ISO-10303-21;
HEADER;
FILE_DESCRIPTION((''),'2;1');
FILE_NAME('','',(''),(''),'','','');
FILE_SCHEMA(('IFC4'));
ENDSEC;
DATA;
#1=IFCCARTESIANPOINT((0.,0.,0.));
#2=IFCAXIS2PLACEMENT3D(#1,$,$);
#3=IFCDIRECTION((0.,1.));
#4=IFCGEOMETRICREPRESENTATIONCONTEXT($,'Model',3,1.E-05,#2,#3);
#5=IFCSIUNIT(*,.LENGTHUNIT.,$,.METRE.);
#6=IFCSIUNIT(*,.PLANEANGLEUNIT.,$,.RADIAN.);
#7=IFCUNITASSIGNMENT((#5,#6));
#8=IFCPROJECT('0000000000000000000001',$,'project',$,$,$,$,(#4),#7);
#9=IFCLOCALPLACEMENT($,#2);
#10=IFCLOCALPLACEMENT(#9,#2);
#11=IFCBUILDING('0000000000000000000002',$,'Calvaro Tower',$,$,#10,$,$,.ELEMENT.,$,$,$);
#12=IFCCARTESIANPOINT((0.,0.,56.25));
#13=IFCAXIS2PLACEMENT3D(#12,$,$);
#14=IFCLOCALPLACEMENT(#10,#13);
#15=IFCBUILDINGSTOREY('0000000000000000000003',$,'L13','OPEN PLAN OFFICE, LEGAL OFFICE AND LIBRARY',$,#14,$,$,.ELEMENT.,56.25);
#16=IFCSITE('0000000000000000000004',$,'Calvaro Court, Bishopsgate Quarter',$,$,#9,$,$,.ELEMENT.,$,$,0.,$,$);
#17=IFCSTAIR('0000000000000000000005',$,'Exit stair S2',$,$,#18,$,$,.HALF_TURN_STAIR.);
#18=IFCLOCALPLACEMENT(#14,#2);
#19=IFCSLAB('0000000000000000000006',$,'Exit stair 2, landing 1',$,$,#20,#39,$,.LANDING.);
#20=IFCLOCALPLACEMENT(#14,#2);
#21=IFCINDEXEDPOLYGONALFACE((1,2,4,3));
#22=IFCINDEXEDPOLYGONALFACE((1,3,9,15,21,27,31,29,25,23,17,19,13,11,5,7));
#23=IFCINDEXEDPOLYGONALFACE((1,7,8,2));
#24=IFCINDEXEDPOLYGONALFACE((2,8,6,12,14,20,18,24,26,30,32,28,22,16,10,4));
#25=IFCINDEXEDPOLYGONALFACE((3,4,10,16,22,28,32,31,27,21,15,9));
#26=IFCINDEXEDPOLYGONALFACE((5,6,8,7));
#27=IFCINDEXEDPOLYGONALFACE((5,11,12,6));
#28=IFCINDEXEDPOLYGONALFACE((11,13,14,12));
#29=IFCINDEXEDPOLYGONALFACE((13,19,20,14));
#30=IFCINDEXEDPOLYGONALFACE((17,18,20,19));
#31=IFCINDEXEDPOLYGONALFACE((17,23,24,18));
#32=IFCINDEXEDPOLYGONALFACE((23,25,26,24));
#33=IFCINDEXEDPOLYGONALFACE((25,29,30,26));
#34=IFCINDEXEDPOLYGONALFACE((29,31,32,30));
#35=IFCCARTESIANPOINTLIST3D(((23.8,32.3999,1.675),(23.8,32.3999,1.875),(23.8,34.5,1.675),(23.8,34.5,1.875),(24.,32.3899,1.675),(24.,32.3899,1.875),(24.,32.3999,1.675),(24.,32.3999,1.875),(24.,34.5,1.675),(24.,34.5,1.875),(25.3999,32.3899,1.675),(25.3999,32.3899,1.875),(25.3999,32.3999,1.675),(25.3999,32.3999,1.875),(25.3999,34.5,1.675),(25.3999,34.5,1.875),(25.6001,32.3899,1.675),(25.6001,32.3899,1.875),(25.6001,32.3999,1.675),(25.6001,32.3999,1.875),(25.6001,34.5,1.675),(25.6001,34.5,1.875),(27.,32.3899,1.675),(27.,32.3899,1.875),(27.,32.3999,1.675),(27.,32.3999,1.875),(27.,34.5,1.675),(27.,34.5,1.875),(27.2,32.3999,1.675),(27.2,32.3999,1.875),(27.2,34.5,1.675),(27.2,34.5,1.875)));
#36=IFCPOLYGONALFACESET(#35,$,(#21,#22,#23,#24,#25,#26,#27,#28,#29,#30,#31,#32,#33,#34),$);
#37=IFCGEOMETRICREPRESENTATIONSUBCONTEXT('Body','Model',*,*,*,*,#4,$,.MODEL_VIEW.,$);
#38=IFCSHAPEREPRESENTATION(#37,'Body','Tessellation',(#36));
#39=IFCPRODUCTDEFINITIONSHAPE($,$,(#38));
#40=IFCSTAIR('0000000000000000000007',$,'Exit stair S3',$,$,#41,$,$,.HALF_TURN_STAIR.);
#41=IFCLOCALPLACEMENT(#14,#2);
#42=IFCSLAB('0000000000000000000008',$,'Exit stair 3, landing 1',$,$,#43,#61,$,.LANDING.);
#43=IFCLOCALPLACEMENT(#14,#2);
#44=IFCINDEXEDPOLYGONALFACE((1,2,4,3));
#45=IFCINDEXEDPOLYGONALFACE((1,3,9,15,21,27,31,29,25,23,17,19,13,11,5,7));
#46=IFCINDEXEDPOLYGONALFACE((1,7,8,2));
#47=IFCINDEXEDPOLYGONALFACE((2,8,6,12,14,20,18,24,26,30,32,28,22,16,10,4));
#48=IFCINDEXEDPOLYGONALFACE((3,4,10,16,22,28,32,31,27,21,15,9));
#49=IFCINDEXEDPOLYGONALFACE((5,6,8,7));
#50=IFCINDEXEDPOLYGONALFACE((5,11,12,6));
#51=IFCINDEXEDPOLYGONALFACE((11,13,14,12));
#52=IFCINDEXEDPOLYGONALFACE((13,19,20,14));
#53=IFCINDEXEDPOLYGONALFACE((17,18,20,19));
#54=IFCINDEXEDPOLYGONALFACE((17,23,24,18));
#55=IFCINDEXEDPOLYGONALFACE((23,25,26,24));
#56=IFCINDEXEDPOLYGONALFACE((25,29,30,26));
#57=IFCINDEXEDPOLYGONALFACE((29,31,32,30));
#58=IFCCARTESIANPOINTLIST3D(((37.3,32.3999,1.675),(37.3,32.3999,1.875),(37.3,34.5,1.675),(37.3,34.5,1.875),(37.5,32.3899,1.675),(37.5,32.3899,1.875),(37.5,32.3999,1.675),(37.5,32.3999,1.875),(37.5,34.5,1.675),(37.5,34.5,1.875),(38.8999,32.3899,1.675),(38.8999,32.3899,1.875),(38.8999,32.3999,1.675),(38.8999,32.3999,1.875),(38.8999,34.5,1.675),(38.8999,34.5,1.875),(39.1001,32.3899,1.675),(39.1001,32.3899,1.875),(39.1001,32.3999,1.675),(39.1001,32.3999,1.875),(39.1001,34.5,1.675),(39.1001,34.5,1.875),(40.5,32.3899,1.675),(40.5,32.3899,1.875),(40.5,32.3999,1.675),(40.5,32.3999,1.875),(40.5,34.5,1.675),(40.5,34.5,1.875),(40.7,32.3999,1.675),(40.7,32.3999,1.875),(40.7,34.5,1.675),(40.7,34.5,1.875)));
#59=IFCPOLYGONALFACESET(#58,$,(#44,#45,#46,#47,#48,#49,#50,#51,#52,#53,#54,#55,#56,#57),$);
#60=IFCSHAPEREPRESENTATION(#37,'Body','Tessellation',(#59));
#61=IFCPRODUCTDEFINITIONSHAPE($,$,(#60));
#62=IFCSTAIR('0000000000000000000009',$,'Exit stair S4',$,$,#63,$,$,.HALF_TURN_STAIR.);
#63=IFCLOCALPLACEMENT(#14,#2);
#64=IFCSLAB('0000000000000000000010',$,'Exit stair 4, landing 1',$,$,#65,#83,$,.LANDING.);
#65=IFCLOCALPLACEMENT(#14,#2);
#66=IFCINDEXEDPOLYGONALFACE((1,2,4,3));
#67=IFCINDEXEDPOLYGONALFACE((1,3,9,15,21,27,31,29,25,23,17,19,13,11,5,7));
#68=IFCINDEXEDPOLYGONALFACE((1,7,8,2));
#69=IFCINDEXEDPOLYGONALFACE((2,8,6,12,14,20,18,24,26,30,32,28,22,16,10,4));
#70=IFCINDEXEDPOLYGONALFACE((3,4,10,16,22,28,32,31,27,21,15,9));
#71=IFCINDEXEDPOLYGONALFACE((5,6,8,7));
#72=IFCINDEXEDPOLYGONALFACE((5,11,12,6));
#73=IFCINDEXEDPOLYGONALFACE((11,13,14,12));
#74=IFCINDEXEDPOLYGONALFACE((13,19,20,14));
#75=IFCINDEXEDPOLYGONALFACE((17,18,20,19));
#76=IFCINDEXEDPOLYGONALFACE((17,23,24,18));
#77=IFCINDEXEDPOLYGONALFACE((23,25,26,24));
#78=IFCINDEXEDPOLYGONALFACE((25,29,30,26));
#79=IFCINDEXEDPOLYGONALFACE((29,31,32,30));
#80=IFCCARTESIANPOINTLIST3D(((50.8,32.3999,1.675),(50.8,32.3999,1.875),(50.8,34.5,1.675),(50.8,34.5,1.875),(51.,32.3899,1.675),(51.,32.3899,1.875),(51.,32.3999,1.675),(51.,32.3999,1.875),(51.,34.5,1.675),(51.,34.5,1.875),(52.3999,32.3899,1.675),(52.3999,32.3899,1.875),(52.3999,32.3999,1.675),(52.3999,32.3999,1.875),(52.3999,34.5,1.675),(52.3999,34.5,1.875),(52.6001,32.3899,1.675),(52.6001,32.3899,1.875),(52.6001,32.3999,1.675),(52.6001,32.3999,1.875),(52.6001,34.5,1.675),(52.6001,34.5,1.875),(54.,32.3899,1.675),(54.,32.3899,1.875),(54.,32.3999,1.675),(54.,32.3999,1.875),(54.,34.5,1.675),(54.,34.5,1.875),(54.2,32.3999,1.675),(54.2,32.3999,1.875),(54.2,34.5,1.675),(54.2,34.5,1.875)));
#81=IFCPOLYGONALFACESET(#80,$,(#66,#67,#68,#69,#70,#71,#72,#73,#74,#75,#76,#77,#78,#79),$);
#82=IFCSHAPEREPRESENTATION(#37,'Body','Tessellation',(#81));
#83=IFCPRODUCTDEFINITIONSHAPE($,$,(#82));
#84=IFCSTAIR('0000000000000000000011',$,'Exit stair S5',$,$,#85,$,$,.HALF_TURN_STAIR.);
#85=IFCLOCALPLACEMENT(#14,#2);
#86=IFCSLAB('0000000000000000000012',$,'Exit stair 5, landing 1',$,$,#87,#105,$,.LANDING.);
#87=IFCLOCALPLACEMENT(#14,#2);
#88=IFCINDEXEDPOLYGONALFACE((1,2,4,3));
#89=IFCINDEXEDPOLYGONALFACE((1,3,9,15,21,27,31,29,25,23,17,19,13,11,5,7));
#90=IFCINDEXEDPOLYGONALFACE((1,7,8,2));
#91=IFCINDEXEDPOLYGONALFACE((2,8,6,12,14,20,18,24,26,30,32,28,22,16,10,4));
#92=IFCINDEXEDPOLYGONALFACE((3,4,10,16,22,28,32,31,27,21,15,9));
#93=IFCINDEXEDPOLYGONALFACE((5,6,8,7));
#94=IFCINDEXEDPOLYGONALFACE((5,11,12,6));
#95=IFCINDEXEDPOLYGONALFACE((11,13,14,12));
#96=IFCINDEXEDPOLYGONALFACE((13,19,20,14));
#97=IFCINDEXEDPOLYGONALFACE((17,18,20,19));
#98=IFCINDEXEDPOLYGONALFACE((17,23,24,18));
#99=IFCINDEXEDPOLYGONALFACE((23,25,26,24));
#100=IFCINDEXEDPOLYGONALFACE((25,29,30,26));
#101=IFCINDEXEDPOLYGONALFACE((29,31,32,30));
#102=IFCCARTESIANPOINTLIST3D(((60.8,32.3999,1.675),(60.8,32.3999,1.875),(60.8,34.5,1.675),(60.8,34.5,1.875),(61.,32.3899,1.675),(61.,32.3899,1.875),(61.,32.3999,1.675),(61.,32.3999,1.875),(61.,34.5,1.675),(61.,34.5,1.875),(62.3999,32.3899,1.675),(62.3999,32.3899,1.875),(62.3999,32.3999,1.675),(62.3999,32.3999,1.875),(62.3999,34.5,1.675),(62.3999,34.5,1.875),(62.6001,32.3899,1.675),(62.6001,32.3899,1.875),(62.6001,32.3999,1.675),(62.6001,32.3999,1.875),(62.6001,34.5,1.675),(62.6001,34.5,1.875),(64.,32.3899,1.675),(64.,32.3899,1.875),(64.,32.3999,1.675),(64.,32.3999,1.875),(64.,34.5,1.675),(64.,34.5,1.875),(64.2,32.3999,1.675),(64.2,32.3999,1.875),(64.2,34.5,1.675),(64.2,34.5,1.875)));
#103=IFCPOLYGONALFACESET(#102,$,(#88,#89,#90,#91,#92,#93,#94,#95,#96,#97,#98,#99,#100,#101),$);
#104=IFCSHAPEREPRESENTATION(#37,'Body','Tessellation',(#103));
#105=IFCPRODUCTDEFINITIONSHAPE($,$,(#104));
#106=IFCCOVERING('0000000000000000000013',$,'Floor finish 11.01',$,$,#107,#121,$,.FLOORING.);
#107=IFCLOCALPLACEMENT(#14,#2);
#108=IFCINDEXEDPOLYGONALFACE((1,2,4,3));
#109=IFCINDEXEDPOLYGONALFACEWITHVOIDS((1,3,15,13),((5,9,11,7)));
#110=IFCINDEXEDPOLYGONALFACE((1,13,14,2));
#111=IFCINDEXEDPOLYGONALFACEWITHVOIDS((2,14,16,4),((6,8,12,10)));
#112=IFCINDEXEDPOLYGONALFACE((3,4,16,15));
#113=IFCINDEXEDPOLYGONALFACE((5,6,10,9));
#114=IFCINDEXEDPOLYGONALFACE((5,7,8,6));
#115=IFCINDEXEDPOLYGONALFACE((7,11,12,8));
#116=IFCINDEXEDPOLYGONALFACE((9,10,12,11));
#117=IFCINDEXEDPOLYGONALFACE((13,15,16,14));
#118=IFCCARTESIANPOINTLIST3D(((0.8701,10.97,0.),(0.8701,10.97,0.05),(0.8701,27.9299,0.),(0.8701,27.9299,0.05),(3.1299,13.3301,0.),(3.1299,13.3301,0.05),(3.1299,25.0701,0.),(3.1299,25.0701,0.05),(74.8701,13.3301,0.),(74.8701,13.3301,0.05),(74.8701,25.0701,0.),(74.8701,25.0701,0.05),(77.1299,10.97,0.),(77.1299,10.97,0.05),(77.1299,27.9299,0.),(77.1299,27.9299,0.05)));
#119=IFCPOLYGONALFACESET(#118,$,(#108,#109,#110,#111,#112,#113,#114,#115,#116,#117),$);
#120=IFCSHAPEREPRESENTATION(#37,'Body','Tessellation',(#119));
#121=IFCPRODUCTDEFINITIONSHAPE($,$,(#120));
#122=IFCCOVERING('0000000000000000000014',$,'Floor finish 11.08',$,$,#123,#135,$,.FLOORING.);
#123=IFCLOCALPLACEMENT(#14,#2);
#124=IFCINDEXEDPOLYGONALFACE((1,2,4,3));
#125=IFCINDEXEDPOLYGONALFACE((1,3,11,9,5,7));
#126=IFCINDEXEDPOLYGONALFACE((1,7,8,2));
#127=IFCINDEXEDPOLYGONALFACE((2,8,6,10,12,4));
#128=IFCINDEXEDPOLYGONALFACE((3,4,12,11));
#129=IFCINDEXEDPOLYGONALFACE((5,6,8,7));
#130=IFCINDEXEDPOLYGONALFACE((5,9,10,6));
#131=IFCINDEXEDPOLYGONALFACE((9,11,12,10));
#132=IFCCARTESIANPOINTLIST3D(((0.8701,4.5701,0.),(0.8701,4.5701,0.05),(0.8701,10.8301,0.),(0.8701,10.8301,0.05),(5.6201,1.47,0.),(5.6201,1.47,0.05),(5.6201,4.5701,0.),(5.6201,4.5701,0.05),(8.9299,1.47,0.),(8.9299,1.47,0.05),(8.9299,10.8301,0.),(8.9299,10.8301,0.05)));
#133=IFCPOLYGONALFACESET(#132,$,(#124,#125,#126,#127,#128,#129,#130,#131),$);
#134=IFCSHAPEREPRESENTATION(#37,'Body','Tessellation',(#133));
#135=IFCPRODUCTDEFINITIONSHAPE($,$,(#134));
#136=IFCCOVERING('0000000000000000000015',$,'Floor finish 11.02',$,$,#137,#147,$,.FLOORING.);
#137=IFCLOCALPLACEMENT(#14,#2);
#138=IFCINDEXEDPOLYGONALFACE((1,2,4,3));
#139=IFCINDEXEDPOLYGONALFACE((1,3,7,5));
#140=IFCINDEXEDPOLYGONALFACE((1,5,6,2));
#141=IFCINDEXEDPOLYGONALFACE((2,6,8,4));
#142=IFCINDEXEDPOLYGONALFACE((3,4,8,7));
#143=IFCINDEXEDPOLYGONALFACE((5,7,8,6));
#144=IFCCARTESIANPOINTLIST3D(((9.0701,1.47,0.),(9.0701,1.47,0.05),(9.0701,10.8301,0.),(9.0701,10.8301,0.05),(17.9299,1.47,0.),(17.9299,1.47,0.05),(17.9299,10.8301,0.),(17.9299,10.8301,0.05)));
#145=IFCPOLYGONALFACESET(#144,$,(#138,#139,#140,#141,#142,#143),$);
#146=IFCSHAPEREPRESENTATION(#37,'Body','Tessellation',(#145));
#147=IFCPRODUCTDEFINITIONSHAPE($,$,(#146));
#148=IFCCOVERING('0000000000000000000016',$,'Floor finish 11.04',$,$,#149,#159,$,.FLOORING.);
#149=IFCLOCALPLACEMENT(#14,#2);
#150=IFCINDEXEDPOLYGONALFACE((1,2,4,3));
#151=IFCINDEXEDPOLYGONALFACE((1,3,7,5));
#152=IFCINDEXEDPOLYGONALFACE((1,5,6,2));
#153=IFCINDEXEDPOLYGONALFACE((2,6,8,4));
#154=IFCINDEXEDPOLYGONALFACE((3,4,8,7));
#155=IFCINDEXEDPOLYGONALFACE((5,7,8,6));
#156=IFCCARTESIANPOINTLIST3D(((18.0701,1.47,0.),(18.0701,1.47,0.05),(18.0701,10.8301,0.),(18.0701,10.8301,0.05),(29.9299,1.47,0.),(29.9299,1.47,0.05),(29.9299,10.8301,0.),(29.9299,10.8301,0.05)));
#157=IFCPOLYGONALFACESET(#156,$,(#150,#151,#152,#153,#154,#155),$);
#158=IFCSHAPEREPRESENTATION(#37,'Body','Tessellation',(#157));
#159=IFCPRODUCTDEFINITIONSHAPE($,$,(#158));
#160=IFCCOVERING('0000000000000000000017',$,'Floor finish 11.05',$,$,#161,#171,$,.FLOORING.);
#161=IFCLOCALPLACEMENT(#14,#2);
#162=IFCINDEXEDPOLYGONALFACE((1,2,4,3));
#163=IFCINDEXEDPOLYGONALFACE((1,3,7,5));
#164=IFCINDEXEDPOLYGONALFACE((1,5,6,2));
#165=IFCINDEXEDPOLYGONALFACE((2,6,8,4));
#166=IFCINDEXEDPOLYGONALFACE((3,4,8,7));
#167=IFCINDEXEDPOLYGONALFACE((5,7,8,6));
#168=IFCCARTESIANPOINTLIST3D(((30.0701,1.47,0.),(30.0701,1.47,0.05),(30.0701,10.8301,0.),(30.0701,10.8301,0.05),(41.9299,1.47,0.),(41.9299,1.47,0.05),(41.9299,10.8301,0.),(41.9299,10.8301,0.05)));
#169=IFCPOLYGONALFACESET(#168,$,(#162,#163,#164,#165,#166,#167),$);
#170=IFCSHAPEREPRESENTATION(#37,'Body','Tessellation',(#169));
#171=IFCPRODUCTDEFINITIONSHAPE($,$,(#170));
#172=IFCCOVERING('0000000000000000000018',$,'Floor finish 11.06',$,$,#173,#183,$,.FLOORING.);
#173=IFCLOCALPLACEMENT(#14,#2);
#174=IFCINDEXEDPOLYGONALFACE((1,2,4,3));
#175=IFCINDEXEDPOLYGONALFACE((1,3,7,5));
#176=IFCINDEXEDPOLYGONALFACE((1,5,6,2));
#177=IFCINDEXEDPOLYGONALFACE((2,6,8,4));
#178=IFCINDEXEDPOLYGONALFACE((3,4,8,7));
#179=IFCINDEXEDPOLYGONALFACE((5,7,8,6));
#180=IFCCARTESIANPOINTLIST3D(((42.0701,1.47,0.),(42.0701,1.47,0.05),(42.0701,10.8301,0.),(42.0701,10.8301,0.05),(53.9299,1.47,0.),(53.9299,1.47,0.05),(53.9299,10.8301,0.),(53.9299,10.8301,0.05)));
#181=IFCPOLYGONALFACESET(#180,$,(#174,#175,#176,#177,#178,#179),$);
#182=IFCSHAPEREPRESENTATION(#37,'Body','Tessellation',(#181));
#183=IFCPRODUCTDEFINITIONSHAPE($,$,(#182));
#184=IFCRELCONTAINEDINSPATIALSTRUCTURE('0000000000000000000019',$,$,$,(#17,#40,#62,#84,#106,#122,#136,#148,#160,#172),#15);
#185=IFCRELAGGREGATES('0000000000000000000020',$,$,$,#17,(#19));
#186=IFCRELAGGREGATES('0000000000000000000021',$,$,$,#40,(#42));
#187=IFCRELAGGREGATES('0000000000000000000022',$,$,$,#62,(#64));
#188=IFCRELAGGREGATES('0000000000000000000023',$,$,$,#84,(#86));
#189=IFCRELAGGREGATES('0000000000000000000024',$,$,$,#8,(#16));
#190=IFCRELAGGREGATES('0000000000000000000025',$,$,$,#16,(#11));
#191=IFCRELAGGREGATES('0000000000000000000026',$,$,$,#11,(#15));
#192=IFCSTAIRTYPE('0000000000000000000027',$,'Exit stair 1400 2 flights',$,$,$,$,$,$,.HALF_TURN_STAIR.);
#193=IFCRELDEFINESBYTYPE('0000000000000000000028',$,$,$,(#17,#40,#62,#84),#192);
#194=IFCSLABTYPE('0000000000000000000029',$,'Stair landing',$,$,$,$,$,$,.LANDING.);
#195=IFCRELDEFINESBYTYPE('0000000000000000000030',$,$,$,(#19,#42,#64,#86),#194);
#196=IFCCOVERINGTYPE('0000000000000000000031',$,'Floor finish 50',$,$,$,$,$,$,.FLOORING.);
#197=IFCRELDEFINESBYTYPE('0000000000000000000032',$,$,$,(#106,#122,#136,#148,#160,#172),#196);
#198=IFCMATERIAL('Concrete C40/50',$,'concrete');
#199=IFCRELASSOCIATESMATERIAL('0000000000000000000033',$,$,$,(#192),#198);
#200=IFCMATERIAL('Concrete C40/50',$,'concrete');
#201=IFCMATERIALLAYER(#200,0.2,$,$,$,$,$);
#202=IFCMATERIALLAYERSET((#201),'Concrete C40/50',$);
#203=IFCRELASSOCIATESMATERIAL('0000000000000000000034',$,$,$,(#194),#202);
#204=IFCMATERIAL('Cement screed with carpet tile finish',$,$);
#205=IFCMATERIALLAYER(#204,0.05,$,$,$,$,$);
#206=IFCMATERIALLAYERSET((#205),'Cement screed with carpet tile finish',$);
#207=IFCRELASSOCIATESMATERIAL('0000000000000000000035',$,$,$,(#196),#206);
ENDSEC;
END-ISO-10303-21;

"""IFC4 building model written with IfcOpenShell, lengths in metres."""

from ifc_helpers import new_model, si_unit, direction, frame, origin, place, context, subcontext, project, spatial, polyline, outline, extrude, material, layer, layer_set, type_object, element, aggregate, save


model = new_model("IFC4")

# Units and contexts
model_context = context("Model", 3, precision=1e-05, world=origin(), true_north=direction((0.0, 1.0)))
body_context = subcontext(model_context, "Body", "Model", "MODEL_VIEW")
ifc_project = project(units=[si_unit("LENGTHUNIT", "METRE"), si_unit("PLANEANGLEUNIT", "RADIAN")], contexts=[model_context])

# Site, building, storey
site_placement = place(None, origin())
site = spatial("IfcSite", under=ifc_project, at=site_placement, Name="Calvaro Court, Bishopsgate Quarter", CompositionType="ELEMENT", RefElevation=0.0)
building_placement = place(site_placement, origin())
building = spatial("IfcBuilding", under=site, at=building_placement, Name="Calvaro Tower", CompositionType="ELEMENT")
storey_placement = place(building_placement, frame((0.0, 0.0, 56.25)))
storey = spatial("IfcBuildingStorey", under=building, at=storey_placement, Name="L13", Description="OPEN PLAN OFFICE, LEGAL OFFICE AND LIBRARY", CompositionType="ELEMENT", Elevation=56.25)

# Stairs, slabs
ifc_material_1 = material(Name="Concrete C40/50", Category="concrete")
stair_type = type_object("IfcStairType", Name="Exit stair 1400 2 flights", PredefinedType="HALF_TURN_STAIR", material=ifc_material_1)
ifc_material_2 = material(Name="Concrete C40/50", Category="concrete")
ifc_layer_1 = layer(ifc_material_2, 0.2)
ifc_layer_set_1 = layer_set([ifc_layer_1], Name="Concrete C40/50")
slab_type_1 = type_object("IfcSlabType", Name="Stair landing", PredefinedType="LANDING", material=ifc_layer_set_1)
stair_1_placement = place(storey_placement, origin())
stair_1 = element("IfcStair", 1, at=stair_1_placement, inside=storey, type_object=stair_type, Name="Exit stair S2", PredefinedType="HALF_TURN_STAIR")
slab_1_placement = place(storey_placement, frame((0.0, 0.0, 1.675)))
slab_1 = element("IfcSlab", 2, at=slab_1_placement, type_object=slab_type_1, Name="Exit stair 2, landing 1", PredefinedType="LANDING", context=body_context, shape_type="SweptSolid", body=[
    extrude(outline(polyline([(25.3999, 32.3899), (24.0, 32.3899), (24.0, 32.3999), (23.8, 32.3999), (23.8, 34.5), (24.0, 34.5), (25.3999, 34.5), (25.6001, 34.5), (27.0, 34.5), (27.2, 34.5), (27.2, 32.3999), (27.0, 32.3999), (27.0, 32.3899), (25.6001, 32.3899), (25.6001, 32.3999), (25.3999, 32.3999), (25.3999, 32.3899)])), origin(), (0.0, 0.0, 1.0), 0.2),
])
aggregate(stair_1, [slab_1])
stair_2_placement = place(storey_placement, origin())
stair_2 = element("IfcStair", 3, at=stair_2_placement, inside=storey, type_object=stair_type, Name="Exit stair S3", PredefinedType="HALF_TURN_STAIR")
slab_2_placement = place(storey_placement, frame((0.0, 0.0, 1.675)))
slab_2 = element("IfcSlab", 4, at=slab_2_placement, type_object=slab_type_1, Name="Exit stair 3, landing 1", PredefinedType="LANDING", context=body_context, shape_type="SweptSolid", body=[
    extrude(outline(polyline([(38.8999, 32.3899), (37.5, 32.3899), (37.5, 32.3999), (37.3, 32.3999), (37.3, 34.5), (37.5, 34.5), (38.8999, 34.5), (39.1001, 34.5), (40.5, 34.5), (40.7, 34.5), (40.7, 32.3999), (40.5, 32.3999), (40.5, 32.3899), (39.1001, 32.3899), (39.1001, 32.3999), (38.8999, 32.3999), (38.8999, 32.3899)])), origin(), (0.0, 0.0, 1.0), 0.2),
])
aggregate(stair_2, [slab_2])
stair_3_placement = place(storey_placement, origin())
stair_3 = element("IfcStair", 5, at=stair_3_placement, inside=storey, type_object=stair_type, Name="Exit stair S4", PredefinedType="HALF_TURN_STAIR")
slab_3_placement = place(storey_placement, frame((0.0, 0.0, 1.675)))
slab_3 = element("IfcSlab", 6, at=slab_3_placement, type_object=slab_type_1, Name="Exit stair 4, landing 1", PredefinedType="LANDING", context=body_context, shape_type="SweptSolid", body=[
    extrude(outline(polyline([(52.3999, 32.3899), (51.0, 32.3899), (51.0, 32.3999), (50.8, 32.3999), (50.8, 34.5), (51.0, 34.5), (52.3999, 34.5), (52.6001, 34.5), (54.0, 34.5), (54.2, 34.5), (54.2, 32.3999), (54.0, 32.3999), (54.0, 32.3899), (52.6001, 32.3899), (52.6001, 32.3999), (52.3999, 32.3999), (52.3999, 32.3899)])), origin(), (0.0, 0.0, 1.0), 0.2),
])
aggregate(stair_3, [slab_3])
stair_4_placement = place(storey_placement, origin())
stair_4 = element("IfcStair", 7, at=stair_4_placement, inside=storey, type_object=stair_type, Name="Exit stair S5", PredefinedType="HALF_TURN_STAIR")
slab_4_placement = place(storey_placement, frame((0.0, 0.0, 1.675)))
slab_4 = element("IfcSlab", 8, at=slab_4_placement, type_object=slab_type_1, Name="Exit stair 5, landing 1", PredefinedType="LANDING", context=body_context, shape_type="SweptSolid", body=[
    extrude(outline(polyline([(62.3999, 32.3899), (61.0, 32.3899), (61.0, 32.3999), (60.8, 32.3999), (60.8, 34.5), (61.0, 34.5), (62.3999, 34.5), (62.6001, 34.5), (64.0, 34.5), (64.2, 34.5), (64.2, 32.3999), (64.0, 32.3999), (64.0, 32.3899), (62.6001, 32.3899), (62.6001, 32.3999), (62.3999, 32.3999), (62.3999, 32.3899)])), origin(), (0.0, 0.0, 1.0), 0.2),
])
aggregate(stair_4, [slab_4])

# Coverings
ifc_material_3 = material(Name="Cement screed with carpet tile finish")
ifc_layer_2 = layer(ifc_material_3, 0.05)
ifc_layer_set_2 = layer_set([ifc_layer_2], Name="Cement screed with carpet tile finish")
covering_type = type_object("IfcCoveringType", Name="Floor finish 50", PredefinedType="FLOORING", material=ifc_layer_set_2)
covering_1_placement = place(storey_placement, origin())
element("IfcCovering", 9, at=covering_1_placement, inside=storey, type_object=covering_type, Name="Floor finish 11.01", PredefinedType="FLOORING", context=body_context, shape_type="SweptSolid", body=[
    extrude(outline(polyline([(0.8701, 10.97), (0.8701, 27.9299), (77.1299, 27.9299), (77.1299, 10.97), (0.8701, 10.97)]), holes=[polyline([(74.8701, 13.3301), (74.8701, 25.0701), (3.1299, 25.0701), (3.1299, 13.3301), (74.8701, 13.3301)])]), origin(), (0.0, 0.0, 1.0), 0.05),
])
covering_2_placement = place(storey_placement, origin())
element("IfcCovering", 10, at=covering_2_placement, inside=storey, type_object=covering_type, Name="Floor finish 11.08", PredefinedType="FLOORING", context=body_context, shape_type="SweptSolid", body=[
    extrude(outline(polyline([(8.9299, 10.8301), (8.9299, 1.47), (5.6201, 1.47), (5.6201, 4.5701), (0.8701, 4.5701), (0.8701, 10.8301), (8.9299, 10.8301)])), origin(), (0.0, 0.0, 1.0), 0.05),
])
covering_3_placement = place(storey_placement, origin())
element("IfcCovering", 11, at=covering_3_placement, inside=storey, type_object=covering_type, Name="Floor finish 11.02", PredefinedType="FLOORING", context=body_context, shape_type="SweptSolid", body=[
    extrude(outline(polyline([(9.0701, 10.8301), (17.9299, 10.8301), (17.9299, 1.47), (9.0701, 1.47), (9.0701, 10.8301)])), origin(), (0.0, 0.0, 1.0), 0.05),
])
covering_4_placement = place(storey_placement, origin())
element("IfcCovering", 12, at=covering_4_placement, inside=storey, type_object=covering_type, Name="Floor finish 11.04", PredefinedType="FLOORING", context=body_context, shape_type="SweptSolid", body=[
    extrude(outline(polyline([(18.0701, 10.8301), (29.9299, 10.8301), (29.9299, 1.47), (18.0701, 1.47), (18.0701, 10.8301)])), origin(), (0.0, 0.0, 1.0), 0.05),
])
covering_5_placement = place(storey_placement, origin())
element("IfcCovering", 13, at=covering_5_placement, inside=storey, type_object=covering_type, Name="Floor finish 11.05", PredefinedType="FLOORING", context=body_context, shape_type="SweptSolid", body=[
    extrude(outline(polyline([(30.0701, 10.8301), (41.9299, 10.8301), (41.9299, 1.47), (30.0701, 1.47), (30.0701, 10.8301)])), origin(), (0.0, 0.0, 1.0), 0.05),
])
covering_6_placement = place(storey_placement, origin())
element("IfcCovering", 14, at=covering_6_placement, inside=storey, type_object=covering_type, Name="Floor finish 11.06", PredefinedType="FLOORING", context=body_context, shape_type="SweptSolid", body=[
    extrude(outline(polyline([(42.0701, 10.8301), (53.9299, 10.8301), (53.9299, 1.47), (42.0701, 1.47), (42.0701, 10.8301)])), origin(), (0.0, 0.0, 1.0), 0.05),
])

save(model, "model.ifc")
